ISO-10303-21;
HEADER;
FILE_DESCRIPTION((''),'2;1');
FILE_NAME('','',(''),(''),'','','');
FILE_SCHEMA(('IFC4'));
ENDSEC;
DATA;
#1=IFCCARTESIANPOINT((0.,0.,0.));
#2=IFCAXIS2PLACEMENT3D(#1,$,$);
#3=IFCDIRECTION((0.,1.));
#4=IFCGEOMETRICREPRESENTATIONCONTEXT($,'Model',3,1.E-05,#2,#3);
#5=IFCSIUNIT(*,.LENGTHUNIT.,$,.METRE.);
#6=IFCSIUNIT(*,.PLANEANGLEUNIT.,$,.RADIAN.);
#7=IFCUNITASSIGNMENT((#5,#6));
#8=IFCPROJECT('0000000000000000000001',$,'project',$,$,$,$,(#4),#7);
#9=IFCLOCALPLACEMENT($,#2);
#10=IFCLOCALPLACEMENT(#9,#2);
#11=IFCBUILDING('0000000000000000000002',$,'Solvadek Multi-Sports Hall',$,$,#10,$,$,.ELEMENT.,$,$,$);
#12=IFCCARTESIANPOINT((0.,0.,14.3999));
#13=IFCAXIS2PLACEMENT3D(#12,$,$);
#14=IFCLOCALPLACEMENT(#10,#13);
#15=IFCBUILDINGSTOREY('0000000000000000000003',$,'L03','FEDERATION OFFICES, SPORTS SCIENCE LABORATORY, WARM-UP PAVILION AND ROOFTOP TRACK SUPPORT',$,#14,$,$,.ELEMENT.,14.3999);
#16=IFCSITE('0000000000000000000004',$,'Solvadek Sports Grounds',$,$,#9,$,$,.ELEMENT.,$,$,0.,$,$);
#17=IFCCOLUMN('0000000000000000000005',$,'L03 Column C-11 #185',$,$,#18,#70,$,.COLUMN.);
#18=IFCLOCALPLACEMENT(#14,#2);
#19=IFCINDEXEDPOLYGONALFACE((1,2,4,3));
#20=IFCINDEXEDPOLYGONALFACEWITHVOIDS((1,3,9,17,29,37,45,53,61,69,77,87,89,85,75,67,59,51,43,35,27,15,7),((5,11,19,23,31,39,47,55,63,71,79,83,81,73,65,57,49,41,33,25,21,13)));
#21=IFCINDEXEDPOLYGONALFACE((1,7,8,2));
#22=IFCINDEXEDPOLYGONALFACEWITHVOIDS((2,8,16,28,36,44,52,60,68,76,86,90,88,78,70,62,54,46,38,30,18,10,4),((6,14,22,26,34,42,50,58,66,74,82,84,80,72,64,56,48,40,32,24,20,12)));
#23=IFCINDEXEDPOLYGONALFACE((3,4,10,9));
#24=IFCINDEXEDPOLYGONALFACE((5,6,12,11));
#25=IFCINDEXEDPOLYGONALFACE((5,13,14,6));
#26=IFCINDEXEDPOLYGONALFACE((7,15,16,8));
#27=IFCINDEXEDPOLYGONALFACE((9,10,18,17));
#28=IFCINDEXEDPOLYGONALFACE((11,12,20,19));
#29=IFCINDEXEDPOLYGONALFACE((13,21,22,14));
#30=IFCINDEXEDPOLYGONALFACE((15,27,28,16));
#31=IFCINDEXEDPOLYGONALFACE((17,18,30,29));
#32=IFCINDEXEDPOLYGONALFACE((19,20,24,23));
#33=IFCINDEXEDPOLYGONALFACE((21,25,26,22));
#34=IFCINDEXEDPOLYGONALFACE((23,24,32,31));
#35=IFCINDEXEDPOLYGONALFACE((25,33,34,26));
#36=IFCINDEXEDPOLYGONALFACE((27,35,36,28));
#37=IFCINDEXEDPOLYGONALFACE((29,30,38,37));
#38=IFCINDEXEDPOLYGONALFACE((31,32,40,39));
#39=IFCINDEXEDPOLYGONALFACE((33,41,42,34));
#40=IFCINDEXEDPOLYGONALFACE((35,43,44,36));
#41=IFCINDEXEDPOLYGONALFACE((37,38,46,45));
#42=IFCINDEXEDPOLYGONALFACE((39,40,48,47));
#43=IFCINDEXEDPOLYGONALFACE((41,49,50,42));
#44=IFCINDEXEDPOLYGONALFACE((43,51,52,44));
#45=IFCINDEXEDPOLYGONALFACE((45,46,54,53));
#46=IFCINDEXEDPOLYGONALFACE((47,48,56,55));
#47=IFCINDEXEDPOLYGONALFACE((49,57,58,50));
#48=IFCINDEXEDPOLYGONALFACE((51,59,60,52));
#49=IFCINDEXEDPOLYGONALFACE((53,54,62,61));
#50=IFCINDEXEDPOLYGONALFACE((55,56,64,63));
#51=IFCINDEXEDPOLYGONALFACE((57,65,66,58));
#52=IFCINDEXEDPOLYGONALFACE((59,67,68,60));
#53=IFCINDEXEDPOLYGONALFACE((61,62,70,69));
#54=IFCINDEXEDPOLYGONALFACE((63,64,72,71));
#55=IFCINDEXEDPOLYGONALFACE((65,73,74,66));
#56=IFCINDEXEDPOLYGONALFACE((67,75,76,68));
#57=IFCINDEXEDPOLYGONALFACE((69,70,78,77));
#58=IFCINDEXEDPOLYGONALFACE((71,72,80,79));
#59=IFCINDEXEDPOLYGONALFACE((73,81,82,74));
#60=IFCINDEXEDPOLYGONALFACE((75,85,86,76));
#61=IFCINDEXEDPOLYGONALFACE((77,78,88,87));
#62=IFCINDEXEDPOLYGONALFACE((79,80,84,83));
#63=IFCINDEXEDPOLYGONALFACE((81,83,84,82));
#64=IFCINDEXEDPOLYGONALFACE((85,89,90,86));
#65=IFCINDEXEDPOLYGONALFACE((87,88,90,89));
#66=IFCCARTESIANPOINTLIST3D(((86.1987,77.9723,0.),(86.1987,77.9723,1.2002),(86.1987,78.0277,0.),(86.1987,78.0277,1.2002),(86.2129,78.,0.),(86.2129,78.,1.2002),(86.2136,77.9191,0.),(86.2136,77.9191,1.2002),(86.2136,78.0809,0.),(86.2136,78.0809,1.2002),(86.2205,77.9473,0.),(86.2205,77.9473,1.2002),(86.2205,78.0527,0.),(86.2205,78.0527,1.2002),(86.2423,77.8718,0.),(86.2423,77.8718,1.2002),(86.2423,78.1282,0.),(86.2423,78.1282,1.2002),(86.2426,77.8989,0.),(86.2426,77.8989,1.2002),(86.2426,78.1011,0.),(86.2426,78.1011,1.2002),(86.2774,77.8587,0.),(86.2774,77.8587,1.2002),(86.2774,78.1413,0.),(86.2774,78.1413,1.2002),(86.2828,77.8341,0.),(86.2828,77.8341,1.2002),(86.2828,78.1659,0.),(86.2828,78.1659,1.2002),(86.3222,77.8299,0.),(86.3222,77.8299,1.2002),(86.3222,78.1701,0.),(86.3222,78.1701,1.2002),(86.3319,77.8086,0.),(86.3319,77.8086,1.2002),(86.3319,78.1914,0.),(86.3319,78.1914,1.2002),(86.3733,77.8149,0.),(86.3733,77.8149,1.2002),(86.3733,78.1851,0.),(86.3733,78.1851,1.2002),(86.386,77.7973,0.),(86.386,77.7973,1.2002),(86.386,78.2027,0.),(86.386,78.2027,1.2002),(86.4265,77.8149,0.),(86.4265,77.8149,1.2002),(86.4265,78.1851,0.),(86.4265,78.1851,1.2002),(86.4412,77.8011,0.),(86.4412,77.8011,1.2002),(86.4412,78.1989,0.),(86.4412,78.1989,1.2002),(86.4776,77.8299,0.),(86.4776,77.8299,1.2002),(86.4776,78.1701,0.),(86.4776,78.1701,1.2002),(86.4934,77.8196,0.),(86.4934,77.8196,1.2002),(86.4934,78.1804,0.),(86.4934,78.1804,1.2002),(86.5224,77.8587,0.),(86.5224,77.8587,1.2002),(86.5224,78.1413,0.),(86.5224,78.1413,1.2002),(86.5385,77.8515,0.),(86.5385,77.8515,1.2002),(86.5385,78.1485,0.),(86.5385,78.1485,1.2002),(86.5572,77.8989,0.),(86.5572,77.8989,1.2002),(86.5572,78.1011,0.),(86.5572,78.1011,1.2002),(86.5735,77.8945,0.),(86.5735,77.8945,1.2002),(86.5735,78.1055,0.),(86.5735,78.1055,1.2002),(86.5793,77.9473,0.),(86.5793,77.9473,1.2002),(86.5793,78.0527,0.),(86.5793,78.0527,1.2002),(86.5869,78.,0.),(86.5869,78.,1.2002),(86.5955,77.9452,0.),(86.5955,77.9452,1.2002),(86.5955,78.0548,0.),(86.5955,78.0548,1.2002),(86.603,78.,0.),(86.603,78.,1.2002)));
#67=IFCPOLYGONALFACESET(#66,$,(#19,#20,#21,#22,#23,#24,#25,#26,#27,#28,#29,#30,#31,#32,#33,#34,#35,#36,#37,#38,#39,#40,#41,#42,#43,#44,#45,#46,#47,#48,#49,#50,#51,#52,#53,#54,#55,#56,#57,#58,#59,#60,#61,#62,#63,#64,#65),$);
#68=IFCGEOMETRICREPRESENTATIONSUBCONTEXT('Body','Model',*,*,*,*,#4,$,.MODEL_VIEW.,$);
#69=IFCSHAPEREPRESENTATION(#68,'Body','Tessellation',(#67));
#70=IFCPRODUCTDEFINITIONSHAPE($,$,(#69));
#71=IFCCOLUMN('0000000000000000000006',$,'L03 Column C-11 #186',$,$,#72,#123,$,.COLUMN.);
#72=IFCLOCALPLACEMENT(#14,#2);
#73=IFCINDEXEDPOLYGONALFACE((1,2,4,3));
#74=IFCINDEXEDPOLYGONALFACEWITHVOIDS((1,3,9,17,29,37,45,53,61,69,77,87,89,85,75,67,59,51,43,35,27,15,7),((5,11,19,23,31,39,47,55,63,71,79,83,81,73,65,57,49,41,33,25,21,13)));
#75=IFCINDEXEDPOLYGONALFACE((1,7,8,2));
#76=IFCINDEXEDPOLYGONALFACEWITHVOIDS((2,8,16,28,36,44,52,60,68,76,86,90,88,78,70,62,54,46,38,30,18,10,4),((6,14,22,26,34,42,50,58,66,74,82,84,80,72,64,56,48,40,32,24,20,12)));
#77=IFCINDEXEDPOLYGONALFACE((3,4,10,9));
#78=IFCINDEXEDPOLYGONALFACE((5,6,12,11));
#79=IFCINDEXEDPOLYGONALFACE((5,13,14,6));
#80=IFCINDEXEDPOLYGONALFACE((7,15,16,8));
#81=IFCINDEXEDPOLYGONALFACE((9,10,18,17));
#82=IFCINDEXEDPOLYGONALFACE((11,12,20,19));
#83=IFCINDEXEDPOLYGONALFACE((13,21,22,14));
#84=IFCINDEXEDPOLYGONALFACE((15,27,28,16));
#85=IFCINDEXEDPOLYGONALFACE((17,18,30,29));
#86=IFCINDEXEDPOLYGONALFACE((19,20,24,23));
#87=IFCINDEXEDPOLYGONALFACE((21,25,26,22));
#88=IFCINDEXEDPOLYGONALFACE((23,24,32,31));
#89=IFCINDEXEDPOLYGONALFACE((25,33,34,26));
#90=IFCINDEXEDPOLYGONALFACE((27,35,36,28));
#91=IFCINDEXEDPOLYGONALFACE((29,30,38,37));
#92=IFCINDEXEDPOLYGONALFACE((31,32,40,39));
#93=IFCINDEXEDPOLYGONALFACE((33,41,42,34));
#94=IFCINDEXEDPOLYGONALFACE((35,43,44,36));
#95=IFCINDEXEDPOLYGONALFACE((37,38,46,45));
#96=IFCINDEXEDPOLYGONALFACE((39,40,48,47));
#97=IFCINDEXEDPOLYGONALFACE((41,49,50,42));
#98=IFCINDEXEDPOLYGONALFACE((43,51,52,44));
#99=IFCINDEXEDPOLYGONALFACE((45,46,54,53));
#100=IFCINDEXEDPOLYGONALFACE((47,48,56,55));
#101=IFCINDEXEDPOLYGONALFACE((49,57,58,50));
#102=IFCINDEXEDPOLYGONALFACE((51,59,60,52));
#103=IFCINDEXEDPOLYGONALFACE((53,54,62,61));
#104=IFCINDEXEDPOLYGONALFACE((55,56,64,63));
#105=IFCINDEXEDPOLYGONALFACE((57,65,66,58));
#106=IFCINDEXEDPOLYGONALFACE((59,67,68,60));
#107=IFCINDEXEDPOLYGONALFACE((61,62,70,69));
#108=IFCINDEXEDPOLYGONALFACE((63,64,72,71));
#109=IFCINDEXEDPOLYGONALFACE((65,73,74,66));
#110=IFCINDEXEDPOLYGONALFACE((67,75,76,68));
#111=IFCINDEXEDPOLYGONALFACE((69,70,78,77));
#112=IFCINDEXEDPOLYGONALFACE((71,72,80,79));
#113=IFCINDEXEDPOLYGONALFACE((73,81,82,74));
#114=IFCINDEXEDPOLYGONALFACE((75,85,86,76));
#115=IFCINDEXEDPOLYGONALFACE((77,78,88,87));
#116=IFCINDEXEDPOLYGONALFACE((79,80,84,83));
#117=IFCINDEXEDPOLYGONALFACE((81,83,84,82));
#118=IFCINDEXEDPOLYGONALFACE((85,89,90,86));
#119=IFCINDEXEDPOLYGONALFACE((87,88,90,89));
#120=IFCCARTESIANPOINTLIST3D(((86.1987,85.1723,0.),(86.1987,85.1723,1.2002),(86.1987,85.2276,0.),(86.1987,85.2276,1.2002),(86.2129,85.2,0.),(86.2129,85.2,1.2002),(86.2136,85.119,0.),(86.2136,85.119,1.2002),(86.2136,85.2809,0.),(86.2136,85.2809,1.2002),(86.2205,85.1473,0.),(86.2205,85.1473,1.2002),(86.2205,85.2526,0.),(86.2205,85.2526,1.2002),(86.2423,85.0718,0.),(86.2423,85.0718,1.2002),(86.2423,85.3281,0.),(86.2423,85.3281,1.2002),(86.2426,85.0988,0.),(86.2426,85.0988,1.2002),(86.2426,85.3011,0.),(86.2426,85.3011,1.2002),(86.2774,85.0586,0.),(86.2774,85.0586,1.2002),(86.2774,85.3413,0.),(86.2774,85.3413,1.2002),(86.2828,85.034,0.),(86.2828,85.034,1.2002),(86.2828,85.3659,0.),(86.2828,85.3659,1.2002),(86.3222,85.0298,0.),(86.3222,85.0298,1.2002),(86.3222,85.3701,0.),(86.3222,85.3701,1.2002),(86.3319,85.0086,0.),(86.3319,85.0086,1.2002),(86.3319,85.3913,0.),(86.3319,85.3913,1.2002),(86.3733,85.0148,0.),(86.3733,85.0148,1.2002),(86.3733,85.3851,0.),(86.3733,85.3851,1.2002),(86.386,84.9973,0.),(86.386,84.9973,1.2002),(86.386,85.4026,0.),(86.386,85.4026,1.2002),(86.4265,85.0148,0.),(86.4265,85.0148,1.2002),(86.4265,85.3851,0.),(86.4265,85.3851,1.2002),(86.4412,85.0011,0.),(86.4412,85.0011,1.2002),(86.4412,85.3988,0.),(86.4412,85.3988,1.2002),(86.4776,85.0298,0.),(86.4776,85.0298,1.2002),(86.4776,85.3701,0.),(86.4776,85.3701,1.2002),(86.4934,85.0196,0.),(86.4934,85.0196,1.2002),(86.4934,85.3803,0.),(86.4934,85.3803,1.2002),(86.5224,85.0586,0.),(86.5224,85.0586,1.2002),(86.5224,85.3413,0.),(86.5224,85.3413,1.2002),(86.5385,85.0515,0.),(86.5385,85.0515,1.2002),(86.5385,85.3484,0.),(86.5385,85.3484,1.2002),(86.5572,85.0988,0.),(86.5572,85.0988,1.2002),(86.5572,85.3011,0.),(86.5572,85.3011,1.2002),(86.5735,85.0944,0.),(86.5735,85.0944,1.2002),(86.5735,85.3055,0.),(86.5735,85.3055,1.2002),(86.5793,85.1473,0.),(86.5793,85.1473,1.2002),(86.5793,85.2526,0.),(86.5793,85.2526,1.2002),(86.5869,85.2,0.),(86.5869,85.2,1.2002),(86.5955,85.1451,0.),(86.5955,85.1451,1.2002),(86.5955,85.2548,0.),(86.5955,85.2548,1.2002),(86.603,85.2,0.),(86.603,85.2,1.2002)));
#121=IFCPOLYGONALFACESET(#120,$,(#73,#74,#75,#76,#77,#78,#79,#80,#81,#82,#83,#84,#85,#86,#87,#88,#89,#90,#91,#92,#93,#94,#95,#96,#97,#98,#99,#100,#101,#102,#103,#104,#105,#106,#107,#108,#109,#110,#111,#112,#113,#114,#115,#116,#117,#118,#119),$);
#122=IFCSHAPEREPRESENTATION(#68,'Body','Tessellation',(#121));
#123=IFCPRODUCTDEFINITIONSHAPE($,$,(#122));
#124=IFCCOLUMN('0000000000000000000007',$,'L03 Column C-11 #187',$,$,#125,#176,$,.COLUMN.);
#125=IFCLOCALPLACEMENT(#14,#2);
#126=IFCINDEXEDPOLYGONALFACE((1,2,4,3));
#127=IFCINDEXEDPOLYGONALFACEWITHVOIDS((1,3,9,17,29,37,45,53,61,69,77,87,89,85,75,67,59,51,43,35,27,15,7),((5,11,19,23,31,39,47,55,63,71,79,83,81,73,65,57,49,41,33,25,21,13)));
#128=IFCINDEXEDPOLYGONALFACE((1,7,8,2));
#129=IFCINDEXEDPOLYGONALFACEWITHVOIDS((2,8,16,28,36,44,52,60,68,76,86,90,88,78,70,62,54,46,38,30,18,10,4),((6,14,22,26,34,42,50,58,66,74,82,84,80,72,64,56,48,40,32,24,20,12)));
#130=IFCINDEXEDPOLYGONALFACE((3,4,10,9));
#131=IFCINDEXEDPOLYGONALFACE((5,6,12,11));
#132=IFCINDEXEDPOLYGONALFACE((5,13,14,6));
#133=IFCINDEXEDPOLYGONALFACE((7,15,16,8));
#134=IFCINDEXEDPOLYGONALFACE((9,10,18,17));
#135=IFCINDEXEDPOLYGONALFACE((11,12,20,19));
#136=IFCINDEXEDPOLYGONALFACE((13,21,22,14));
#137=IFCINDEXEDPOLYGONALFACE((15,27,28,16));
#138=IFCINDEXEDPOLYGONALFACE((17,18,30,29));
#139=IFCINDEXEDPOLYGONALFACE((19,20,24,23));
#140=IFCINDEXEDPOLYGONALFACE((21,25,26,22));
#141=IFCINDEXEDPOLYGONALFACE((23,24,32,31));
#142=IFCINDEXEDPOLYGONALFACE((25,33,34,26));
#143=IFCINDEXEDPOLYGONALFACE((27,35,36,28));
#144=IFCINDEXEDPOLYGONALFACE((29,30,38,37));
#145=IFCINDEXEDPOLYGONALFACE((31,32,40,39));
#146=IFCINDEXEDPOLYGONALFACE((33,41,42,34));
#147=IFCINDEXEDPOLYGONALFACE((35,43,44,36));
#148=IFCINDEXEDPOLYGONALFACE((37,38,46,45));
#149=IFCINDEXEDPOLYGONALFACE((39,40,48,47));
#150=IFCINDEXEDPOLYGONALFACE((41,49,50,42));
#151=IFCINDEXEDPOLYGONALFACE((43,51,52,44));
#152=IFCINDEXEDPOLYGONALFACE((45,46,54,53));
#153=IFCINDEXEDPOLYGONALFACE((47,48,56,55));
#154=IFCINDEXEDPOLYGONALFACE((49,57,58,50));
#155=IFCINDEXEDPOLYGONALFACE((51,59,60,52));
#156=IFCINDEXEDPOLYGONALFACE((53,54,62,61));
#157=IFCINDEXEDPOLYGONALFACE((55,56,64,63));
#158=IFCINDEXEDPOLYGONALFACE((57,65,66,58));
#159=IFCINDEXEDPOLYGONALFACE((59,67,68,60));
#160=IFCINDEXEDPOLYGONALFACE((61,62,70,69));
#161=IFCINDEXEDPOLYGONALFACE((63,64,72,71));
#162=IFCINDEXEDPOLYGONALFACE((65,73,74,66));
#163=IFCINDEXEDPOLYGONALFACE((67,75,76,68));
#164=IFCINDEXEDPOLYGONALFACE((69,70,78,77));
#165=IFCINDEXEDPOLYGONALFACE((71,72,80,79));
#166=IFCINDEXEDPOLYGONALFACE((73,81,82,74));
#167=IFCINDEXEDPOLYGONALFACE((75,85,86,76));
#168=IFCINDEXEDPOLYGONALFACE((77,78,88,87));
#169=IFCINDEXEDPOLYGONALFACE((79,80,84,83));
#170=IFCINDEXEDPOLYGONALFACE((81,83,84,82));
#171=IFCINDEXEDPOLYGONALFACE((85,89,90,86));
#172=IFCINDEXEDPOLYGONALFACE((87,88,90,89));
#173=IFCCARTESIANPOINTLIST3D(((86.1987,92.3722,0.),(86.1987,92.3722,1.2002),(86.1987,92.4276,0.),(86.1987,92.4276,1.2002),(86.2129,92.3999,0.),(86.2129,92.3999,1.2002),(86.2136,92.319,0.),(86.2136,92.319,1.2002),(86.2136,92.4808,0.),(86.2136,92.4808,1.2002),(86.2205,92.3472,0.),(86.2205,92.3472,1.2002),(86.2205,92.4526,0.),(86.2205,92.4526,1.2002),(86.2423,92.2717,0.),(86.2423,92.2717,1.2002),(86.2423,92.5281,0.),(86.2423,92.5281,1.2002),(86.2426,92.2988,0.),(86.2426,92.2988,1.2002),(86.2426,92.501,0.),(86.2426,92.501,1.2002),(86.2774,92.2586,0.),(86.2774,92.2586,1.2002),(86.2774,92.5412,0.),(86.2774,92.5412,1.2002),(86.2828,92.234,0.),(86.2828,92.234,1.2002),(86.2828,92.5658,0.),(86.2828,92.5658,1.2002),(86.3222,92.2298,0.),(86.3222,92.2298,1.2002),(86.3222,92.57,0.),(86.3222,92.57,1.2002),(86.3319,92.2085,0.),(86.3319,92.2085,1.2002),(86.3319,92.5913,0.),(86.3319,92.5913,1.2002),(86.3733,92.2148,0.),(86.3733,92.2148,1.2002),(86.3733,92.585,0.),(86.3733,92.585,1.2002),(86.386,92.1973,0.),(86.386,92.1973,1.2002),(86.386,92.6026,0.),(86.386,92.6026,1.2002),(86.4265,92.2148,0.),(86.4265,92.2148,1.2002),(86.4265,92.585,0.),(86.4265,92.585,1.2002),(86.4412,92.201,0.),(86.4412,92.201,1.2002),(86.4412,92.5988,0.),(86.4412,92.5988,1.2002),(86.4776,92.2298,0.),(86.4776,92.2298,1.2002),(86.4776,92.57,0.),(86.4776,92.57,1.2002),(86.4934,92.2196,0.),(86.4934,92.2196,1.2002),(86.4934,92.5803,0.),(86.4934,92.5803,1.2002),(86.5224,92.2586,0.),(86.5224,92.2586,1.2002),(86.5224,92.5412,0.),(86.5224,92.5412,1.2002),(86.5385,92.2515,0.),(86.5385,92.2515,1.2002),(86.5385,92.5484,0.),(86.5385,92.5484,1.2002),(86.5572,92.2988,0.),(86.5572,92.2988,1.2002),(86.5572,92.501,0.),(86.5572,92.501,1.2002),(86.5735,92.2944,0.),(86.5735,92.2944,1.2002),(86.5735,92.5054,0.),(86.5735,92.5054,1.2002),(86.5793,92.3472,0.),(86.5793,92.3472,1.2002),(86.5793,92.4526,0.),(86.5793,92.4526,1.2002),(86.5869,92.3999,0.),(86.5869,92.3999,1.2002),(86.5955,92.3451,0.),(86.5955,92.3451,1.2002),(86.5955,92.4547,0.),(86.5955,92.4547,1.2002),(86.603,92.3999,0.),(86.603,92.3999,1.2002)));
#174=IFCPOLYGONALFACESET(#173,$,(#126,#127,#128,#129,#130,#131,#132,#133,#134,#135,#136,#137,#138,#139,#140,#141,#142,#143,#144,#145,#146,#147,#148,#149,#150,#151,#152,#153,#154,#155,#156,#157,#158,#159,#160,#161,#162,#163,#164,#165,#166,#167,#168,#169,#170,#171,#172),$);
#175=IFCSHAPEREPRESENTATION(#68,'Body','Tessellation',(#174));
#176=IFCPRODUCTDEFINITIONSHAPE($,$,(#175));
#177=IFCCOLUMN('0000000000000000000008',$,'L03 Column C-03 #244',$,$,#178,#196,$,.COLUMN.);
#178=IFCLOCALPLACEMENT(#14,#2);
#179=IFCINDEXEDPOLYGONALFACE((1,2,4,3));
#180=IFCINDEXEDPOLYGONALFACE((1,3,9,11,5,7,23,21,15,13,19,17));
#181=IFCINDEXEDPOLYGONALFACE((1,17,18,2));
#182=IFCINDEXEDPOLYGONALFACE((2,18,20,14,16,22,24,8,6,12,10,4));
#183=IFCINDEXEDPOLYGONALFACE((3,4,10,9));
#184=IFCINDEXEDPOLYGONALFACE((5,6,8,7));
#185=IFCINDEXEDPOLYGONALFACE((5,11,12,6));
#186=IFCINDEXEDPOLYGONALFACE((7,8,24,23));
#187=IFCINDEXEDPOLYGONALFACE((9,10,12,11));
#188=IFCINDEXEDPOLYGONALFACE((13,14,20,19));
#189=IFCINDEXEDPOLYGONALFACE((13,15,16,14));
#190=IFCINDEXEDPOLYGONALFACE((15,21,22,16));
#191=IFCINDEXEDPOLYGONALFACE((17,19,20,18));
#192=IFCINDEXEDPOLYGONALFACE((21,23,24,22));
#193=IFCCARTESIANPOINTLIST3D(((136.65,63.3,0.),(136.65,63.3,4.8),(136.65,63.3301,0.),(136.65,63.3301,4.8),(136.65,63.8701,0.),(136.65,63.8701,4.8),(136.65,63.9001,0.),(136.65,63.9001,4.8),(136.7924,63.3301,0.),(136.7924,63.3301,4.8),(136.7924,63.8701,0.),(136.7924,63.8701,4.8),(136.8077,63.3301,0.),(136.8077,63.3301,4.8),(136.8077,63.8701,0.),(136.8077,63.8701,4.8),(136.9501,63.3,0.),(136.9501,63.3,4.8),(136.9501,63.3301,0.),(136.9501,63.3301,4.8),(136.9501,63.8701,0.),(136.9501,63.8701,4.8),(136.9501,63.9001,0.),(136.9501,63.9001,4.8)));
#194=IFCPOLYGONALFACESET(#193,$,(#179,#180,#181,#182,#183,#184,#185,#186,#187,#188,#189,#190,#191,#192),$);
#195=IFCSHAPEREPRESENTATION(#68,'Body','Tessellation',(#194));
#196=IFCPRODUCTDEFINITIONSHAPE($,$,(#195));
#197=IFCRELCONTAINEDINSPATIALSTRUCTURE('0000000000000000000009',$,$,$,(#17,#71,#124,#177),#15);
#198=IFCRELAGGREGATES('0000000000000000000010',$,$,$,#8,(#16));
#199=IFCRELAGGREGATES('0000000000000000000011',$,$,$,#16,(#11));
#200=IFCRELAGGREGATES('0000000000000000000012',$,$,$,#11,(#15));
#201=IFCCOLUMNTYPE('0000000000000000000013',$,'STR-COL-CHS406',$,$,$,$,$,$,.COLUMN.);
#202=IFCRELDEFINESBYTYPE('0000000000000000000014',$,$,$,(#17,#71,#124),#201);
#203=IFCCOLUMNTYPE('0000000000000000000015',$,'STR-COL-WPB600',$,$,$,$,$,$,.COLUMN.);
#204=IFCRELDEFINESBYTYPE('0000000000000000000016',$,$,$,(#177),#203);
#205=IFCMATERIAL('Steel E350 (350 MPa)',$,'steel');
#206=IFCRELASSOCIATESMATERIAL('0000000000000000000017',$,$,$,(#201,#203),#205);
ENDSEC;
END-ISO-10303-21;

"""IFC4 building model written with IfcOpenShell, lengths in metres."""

from ifc_helpers import new_model, si_unit, direction, frame, origin, origin_2d, place, context, subcontext, project, spatial, hollow_circle, i_section, extrude, material, material_profile, profile_set, type_object, element, save


model = new_model("IFC4")

# Units and contexts
model_context = context("Model", 3, precision=1e-05, world=origin(), true_north=direction((0.0, 1.0)))
body_context = subcontext(model_context, "Body", "Model", "MODEL_VIEW")
ifc_project = project(units=[si_unit("LENGTHUNIT", "METRE"), si_unit("PLANEANGLEUNIT", "RADIAN")], contexts=[model_context])

# Site, building, storey
site_placement = place(None, origin())
site = spatial("IfcSite", under=ifc_project, at=site_placement, Name="Solvadek Sports Grounds", CompositionType="ELEMENT", RefElevation=0.0)
building_placement = place(site_placement, origin())
building = spatial("IfcBuilding", under=site, at=building_placement, Name="Solvadek Multi-Sports Hall", CompositionType="ELEMENT")
storey_placement = place(building_placement, frame((0.0, 0.0, 14.3999)))
storey = spatial("IfcBuildingStorey", under=building, at=storey_placement, Name="L03", Description="FEDERATION OFFICES, SPORTS SCIENCE LABORATORY, WARM-UP PAVILION AND ROOFTOP TRACK SUPPORT", CompositionType="ELEMENT", Elevation=14.3999)

# Columns
ifc_material_1 = material(Name="Steel E350 (350 MPa)", Category="steel")
ifc_material_profile_1 = material_profile(ifc_material_1, hollow_circle(Radius=0.2031, WallThickness=0.0161, at=origin_2d()), Name="CHS 406.4x16")
ifc_profile_set_1 = profile_set([ifc_material_profile_1], Name="Steel E350 (350 MPa)")
column_type_1 = type_object("IfcColumnType", Name="STR-COL-CHS406", PredefinedType="COLUMN", material=ifc_profile_set_1)
for number, where, z_axis, x_axis, name in (
    (1, (86.3999, 78.0, 0.0), (0.0, 0.0, 1.0), (1.0, 0.0, 0.0), "L03 Column C-11 #185"),
    (2, (86.3999, 85.2, 0.0), (0.0, 0.0, 1.0), (1.0, 0.0, 0.0), "L03 Column C-11 #186"),
    (3, (86.3999, 92.3999, 0.0), (0.0, 0.0, 1.0), (1.0, 0.0, 0.0), "L03 Column C-11 #187"),
):
    element("IfcColumn", number, at=place(storey_placement, frame(where, z_axis=z_axis, x_axis=x_axis)), inside=storey, type_object=column_type_1, Name=name, PredefinedType="COLUMN", context=body_context, shape_type="SweptSolid", body=[
        extrude(hollow_circle(Radius=0.2031, WallThickness=0.0161, at=origin_2d()), origin(), (0.0, 0.0, 1.0), 1.2002),
    ])
ifc_material_profile_2 = material_profile(ifc_material_1, i_section(OverallWidth=0.3, OverallDepth=0.6001, WebThickness=0.0154, FlangeThickness=0.03, at=origin_2d()), Name="WPB 600")
ifc_profile_set_2 = profile_set([ifc_material_profile_2], Name="Steel E350 (350 MPa)")
column_type_2 = type_object("IfcColumnType", Name="STR-COL-WPB600", PredefinedType="COLUMN", material=ifc_profile_set_2)
for number, where, z_axis, x_axis, name in (
    (4, (136.8, 63.6001, 0.0), (0.0, 0.0, 1.0), (1.0, 0.0, 0.0), "L03 Column C-03 #244"),
):
    element("IfcColumn", number, at=place(storey_placement, frame(where, z_axis=z_axis, x_axis=x_axis)), inside=storey, type_object=column_type_2, Name=name, PredefinedType="COLUMN", context=body_context, shape_type="SweptSolid", body=[
        extrude(i_section(OverallWidth=0.3, OverallDepth=0.6001, WebThickness=0.0154, FlangeThickness=0.03, at=origin_2d()), origin(), (0.0, 0.0, 1.0), 4.8),
    ])

save(model, "model.ifc")
